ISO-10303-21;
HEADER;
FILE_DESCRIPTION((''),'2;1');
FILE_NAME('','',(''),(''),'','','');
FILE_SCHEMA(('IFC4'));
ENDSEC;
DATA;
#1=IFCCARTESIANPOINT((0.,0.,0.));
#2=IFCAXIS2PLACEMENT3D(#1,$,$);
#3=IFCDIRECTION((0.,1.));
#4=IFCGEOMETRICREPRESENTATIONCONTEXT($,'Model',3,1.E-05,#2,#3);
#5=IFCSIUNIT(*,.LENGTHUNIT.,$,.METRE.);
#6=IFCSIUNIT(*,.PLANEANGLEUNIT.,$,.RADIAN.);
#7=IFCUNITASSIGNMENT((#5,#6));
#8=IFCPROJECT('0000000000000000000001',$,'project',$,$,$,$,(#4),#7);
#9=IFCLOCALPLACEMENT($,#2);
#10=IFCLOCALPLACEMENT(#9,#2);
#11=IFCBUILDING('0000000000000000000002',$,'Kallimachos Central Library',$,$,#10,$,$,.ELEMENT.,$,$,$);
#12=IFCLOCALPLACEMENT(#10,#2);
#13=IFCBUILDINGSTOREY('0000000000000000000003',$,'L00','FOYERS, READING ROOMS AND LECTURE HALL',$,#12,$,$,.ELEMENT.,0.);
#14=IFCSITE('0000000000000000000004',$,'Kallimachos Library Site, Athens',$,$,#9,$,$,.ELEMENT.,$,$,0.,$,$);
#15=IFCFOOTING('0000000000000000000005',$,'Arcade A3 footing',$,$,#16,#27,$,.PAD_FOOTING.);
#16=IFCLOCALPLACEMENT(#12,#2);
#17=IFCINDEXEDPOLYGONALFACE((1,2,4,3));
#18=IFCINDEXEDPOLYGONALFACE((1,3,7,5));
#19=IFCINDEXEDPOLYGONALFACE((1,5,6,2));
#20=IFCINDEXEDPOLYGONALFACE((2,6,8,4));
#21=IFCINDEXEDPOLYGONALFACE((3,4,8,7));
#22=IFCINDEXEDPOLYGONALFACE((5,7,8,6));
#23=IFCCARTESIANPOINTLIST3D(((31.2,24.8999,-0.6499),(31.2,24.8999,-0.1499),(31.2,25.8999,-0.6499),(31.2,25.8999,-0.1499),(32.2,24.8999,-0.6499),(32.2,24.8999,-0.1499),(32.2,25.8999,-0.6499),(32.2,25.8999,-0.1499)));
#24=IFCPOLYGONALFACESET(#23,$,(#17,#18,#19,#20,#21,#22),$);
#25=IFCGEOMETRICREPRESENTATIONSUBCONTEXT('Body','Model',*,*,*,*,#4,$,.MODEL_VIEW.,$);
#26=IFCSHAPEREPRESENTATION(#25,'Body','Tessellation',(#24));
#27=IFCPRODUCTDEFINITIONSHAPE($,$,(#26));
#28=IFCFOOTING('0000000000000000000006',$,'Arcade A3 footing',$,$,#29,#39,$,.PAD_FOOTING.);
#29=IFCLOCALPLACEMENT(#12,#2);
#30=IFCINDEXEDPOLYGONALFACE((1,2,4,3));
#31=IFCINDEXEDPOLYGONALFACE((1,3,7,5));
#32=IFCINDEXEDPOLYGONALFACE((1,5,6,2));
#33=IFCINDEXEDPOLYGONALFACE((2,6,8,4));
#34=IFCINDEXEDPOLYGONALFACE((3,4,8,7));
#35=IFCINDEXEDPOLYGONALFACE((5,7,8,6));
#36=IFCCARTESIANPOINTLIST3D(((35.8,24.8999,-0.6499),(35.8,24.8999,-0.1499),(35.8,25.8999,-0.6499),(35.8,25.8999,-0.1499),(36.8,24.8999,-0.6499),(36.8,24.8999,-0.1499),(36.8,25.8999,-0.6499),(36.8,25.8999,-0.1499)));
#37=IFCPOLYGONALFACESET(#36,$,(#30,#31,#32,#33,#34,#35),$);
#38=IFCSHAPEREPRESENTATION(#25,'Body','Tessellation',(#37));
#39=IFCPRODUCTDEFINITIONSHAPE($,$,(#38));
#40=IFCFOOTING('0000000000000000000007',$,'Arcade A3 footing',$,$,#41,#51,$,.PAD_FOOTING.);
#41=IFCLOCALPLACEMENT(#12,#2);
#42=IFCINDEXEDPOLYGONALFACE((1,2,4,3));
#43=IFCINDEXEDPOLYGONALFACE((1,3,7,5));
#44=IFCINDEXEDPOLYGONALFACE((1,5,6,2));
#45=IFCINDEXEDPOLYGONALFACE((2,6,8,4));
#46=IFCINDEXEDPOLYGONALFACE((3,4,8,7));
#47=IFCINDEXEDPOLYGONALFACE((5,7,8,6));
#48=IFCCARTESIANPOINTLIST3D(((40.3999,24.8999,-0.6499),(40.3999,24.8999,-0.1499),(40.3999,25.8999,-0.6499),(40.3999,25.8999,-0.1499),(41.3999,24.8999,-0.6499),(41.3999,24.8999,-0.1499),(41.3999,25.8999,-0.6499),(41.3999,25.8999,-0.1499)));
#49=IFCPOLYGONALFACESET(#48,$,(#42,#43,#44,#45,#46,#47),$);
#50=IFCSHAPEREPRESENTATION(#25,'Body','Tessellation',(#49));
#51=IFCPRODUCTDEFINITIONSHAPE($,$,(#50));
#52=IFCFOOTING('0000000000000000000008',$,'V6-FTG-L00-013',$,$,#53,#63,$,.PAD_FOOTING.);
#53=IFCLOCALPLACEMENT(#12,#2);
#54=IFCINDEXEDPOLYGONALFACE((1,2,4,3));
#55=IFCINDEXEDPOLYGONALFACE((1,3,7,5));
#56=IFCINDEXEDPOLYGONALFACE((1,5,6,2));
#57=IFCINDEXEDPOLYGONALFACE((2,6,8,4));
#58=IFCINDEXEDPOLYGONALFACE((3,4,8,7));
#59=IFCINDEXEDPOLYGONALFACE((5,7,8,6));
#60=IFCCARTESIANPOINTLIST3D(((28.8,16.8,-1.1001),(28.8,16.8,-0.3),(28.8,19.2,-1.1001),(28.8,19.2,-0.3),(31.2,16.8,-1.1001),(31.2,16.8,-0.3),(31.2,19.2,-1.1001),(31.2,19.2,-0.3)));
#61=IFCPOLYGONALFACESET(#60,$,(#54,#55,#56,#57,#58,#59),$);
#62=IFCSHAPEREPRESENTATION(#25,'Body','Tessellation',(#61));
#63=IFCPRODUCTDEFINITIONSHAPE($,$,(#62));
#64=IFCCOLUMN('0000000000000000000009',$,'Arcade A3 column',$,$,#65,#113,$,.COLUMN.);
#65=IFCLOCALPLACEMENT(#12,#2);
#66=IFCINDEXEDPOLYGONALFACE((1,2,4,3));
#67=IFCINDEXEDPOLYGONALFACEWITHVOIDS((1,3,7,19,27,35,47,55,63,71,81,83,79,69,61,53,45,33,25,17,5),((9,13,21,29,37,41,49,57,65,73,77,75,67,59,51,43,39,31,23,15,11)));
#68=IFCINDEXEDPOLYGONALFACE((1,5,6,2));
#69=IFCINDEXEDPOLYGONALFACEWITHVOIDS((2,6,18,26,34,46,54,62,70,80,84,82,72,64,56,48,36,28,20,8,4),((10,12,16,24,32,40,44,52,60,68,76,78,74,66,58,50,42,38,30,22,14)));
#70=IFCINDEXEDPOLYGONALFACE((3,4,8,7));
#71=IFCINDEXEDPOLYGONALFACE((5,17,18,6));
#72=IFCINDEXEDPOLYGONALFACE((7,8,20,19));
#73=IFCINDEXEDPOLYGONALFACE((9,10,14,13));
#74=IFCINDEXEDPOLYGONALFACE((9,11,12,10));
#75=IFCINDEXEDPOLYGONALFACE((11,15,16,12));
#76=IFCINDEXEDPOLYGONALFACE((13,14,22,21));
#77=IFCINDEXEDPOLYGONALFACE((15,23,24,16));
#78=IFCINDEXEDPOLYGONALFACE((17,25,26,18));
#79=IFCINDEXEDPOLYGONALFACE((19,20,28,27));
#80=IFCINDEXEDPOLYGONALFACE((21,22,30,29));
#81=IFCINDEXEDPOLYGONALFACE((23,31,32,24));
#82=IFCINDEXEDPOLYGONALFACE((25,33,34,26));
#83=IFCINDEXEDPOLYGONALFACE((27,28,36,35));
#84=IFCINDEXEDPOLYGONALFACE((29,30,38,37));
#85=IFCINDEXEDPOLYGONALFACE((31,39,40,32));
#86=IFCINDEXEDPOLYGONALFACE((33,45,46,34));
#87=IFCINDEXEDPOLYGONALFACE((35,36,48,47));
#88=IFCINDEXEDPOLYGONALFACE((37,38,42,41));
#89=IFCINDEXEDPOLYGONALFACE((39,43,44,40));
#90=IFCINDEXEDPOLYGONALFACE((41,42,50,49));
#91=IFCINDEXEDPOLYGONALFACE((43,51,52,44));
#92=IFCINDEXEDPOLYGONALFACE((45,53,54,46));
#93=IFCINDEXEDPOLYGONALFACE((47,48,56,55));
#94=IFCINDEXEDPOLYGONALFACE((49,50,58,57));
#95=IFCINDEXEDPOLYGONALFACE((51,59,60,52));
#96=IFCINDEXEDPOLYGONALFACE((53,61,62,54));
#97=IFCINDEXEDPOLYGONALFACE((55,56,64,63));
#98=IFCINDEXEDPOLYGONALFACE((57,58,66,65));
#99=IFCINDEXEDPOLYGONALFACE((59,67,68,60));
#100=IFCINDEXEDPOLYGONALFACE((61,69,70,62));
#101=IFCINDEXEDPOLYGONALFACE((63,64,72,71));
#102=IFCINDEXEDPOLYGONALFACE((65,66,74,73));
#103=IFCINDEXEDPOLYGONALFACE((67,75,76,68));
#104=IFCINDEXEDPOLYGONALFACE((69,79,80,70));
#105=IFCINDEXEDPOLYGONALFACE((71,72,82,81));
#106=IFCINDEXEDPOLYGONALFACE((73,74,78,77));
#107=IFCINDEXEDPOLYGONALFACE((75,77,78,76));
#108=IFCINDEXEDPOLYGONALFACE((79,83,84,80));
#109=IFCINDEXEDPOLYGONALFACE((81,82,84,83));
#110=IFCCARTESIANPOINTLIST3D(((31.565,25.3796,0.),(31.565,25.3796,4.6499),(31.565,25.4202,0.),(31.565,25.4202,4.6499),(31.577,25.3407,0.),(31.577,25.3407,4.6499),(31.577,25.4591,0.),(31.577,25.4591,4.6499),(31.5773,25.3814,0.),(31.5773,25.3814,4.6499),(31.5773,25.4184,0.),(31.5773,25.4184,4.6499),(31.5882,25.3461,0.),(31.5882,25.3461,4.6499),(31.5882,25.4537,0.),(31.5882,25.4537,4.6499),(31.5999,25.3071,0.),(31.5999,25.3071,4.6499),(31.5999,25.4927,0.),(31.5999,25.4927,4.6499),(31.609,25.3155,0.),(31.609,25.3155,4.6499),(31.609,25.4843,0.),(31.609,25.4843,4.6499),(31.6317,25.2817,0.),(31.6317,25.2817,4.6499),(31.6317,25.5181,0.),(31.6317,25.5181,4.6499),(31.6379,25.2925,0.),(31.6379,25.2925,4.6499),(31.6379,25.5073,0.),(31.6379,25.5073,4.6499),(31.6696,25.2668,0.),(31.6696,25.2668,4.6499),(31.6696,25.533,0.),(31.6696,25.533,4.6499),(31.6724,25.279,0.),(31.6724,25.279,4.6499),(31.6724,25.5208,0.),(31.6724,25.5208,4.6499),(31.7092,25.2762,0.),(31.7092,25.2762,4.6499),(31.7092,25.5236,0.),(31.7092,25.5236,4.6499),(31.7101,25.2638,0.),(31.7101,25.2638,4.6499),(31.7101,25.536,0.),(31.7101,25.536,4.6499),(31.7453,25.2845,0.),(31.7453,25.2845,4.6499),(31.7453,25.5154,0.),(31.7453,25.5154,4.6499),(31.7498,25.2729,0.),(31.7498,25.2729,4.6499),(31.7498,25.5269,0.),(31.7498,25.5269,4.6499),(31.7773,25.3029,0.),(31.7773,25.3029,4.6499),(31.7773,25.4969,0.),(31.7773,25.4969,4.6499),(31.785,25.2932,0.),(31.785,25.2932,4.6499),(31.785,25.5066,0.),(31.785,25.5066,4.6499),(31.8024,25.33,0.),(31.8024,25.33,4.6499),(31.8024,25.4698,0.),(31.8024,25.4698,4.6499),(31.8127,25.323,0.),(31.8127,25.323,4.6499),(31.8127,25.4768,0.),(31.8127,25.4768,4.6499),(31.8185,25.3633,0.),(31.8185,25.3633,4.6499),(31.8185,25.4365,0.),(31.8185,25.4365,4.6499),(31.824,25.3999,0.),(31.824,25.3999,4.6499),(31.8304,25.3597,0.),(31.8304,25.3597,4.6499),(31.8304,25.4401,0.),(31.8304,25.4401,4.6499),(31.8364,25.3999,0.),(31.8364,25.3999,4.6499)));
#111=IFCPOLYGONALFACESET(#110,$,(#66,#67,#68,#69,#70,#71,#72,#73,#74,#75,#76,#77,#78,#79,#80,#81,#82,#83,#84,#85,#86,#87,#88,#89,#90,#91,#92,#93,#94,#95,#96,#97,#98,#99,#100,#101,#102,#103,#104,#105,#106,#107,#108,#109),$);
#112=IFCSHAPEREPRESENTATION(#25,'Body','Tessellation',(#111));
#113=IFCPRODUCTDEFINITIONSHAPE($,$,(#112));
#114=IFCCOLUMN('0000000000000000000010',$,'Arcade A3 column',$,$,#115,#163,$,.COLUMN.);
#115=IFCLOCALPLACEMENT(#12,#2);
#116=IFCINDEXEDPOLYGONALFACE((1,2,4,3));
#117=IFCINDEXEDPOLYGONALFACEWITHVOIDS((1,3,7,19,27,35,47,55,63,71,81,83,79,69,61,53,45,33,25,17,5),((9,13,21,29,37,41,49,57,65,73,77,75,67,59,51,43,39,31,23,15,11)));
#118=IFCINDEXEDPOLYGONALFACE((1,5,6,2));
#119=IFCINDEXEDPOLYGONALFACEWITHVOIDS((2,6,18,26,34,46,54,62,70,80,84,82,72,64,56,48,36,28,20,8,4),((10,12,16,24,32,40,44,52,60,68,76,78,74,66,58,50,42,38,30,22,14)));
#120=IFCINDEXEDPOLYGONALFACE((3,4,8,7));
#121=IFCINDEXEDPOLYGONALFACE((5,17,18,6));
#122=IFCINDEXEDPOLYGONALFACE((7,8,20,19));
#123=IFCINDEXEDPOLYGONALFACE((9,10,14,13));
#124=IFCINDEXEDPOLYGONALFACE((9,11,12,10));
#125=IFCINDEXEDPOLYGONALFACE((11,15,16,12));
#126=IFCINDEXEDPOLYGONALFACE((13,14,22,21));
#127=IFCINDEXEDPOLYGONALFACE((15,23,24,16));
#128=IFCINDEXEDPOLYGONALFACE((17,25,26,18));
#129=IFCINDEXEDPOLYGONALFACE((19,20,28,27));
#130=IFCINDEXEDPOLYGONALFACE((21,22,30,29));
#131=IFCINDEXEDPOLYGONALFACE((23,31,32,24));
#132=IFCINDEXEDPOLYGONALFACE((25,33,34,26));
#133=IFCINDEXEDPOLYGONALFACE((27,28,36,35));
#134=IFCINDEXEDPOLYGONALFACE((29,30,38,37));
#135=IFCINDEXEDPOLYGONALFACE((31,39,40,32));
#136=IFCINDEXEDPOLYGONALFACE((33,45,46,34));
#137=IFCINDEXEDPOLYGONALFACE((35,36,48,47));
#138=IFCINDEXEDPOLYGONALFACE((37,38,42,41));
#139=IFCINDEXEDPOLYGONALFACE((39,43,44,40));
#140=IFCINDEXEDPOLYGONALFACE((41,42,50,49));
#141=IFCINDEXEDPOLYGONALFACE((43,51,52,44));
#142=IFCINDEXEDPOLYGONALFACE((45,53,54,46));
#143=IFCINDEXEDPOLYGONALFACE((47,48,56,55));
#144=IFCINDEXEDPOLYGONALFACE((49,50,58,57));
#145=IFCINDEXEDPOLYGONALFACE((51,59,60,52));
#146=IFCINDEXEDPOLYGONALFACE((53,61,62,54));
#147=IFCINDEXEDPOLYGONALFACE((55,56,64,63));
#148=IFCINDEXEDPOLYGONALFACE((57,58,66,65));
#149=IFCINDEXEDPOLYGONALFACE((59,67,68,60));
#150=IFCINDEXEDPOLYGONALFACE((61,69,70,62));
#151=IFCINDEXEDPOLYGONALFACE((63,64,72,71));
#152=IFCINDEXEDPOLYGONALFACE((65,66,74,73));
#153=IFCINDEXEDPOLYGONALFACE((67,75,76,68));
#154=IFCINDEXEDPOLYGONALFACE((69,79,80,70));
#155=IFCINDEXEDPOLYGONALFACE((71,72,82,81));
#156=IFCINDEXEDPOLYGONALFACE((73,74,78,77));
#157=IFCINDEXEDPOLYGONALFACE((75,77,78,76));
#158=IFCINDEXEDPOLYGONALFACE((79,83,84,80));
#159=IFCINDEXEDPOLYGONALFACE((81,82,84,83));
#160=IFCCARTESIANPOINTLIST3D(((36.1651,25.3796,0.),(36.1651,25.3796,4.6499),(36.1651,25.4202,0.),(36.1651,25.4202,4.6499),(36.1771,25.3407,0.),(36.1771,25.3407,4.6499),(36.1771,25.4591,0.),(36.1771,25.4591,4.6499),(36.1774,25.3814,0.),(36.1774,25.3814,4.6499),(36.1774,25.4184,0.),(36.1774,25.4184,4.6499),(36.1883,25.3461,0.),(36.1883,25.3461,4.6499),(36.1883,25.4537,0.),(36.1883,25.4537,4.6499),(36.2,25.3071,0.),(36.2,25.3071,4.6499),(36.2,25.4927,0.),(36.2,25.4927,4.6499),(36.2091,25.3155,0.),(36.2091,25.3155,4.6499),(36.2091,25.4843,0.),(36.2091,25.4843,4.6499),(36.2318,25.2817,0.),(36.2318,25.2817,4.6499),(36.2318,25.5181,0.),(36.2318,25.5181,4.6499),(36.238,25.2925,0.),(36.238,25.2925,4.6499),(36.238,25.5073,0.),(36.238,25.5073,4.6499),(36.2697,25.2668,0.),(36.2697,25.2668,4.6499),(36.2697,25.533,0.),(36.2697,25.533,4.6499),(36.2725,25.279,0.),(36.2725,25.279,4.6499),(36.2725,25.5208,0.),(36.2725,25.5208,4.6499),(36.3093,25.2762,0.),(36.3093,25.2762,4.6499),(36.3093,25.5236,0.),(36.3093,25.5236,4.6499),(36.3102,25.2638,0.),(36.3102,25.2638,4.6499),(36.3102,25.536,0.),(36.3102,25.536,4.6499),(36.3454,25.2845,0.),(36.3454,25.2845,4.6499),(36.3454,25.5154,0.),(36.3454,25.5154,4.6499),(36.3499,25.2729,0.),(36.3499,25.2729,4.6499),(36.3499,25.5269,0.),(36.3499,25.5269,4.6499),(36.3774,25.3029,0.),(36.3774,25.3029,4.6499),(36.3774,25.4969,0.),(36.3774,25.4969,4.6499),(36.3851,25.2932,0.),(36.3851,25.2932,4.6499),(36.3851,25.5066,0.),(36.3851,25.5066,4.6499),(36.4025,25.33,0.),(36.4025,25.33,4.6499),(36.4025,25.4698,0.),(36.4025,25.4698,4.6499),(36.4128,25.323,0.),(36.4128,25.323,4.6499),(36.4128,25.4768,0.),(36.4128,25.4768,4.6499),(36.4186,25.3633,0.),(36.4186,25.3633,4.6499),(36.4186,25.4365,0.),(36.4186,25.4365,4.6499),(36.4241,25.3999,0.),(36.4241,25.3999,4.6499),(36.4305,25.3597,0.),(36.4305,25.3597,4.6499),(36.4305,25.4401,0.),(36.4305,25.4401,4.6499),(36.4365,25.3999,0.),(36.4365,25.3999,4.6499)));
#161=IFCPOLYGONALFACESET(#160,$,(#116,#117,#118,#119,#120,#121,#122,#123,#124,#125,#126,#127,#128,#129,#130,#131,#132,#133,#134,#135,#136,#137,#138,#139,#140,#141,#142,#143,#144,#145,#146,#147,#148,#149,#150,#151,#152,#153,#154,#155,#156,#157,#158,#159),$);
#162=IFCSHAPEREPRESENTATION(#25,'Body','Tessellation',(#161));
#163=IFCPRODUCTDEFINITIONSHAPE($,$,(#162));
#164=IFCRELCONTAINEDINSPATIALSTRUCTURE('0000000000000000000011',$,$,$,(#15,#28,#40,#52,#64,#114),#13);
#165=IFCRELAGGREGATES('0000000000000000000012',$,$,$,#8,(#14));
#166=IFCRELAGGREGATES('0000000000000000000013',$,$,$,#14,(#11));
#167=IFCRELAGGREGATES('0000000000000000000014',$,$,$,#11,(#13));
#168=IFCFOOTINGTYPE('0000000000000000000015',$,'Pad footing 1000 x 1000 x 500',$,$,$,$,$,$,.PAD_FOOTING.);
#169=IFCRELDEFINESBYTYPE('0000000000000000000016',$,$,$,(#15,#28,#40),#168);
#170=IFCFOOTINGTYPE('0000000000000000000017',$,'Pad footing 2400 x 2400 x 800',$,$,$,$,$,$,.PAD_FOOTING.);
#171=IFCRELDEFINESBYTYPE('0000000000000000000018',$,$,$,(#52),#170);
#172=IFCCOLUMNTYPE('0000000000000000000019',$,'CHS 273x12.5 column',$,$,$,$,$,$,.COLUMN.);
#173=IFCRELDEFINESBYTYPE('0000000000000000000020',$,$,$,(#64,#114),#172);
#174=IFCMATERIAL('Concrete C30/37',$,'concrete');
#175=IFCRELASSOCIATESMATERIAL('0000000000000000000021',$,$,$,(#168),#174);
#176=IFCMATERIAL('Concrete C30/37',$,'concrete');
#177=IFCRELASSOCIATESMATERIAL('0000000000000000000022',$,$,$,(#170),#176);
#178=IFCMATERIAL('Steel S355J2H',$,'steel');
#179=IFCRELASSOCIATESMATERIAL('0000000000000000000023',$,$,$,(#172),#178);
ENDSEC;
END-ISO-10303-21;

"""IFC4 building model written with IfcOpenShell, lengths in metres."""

from ifc_helpers import new_model, si_unit, direction, frame, origin, origin_2d, place, context, subcontext, project, spatial, rectangle, hollow_circle, extrude, material, material_profile, profile_set, type_object, element, save


model = new_model("IFC4")

# Units and contexts
model_context = context("Model", 3, precision=1e-05, world=origin(), true_north=direction((0.0, 1.0)))
body_context = subcontext(model_context, "Body", "Model", "MODEL_VIEW")
ifc_project = project(units=[si_unit("LENGTHUNIT", "METRE"), si_unit("PLANEANGLEUNIT", "RADIAN")], contexts=[model_context])

# Site, building, storey
site_placement = place(None, origin())
site = spatial("IfcSite", under=ifc_project, at=site_placement, Name="Kallimachos Library Site, Athens", CompositionType="ELEMENT", RefElevation=0.0)
building_placement = place(site_placement, origin())
building = spatial("IfcBuilding", under=site, at=building_placement, Name="Kallimachos Central Library", CompositionType="ELEMENT")
storey_placement = place(building_placement, origin())
storey = spatial("IfcBuildingStorey", under=building, at=storey_placement, Name="L00", Description="FOYERS, READING ROOMS AND LECTURE HALL", CompositionType="ELEMENT", Elevation=0.0)

# Footings
ifc_material_1 = material(Name="Concrete C30/37", Category="concrete")
footing_type_1 = type_object("IfcFootingType", Name="Pad footing 1000 x 1000 x 500", PredefinedType="PAD_FOOTING", material=ifc_material_1)
for number, where, z_axis, x_axis, name in (
    (1, (31.7, 25.3999, -0.6499), (0.0, 0.0, 1.0), (1.0, 0.0, 0.0), "Arcade A3 footing"),
    (2, (36.3, 25.3999, -0.6499), (0.0, 0.0, 1.0), (1.0, 0.0, 0.0), "Arcade A3 footing"),
    (3, (40.8999, 25.3999, -0.6499), (0.0, 0.0, 1.0), (1.0, 0.0, 0.0), "Arcade A3 footing"),
):
    element("IfcFooting", number, at=place(storey_placement, frame(where, z_axis=z_axis, x_axis=x_axis)), inside=storey, type_object=footing_type_1, Name=name, PredefinedType="PAD_FOOTING", context=body_context, shape_type="SweptSolid", body=[
        extrude(rectangle(XDim=1.0, YDim=1.0, at=origin_2d()), origin(), (0.0, 0.0, 1.0), 0.5),
    ])
ifc_material_2 = material(Name="Concrete C30/37", Category="concrete")
footing_type_2 = type_object("IfcFootingType", Name="Pad footing 2400 x 2400 x 800", PredefinedType="PAD_FOOTING", material=ifc_material_2)
footing_placement = place(storey_placement, frame((30.0, 18.0, -1.1001), z_axis=(0.0, 0.0, 1.0), x_axis=(1.0, 0.0, 0.0)))
element("IfcFooting", 4, at=footing_placement, inside=storey, type_object=footing_type_2, Name="V6-FTG-L00-013", PredefinedType="PAD_FOOTING", context=body_context, shape_type="SweptSolid", body=[
    extrude(rectangle(XDim=2.3999, YDim=2.3999, at=origin_2d()), origin(), (0.0, 0.0, 1.0), 0.8),
])

# Columns
ifc_material_3 = material(Name="Steel S355J2H", Category="steel")
ifc_material_profile_1 = material_profile(ifc_material_3, hollow_circle(Radius=0.1365, WallThickness=0.0125, at=origin_2d()), Name="CHS 273x12.5")
ifc_profile_set_1 = profile_set([ifc_material_profile_1], Name="Steel S355J2H")
column_type_1 = type_object("IfcColumnType", Name="CHS 273x12.5 column", PredefinedType="COLUMN", material=ifc_profile_set_1)
for number, where, z_axis, x_axis, name in (
    (5, (31.7, 25.3999, 0.0), (0.0, 0.0, 1.0), (1.0, 0.0, 0.0), "Arcade A3 column"),
    (6, (36.3, 25.3999, 0.0), (0.0, 0.0, 1.0), (1.0, 0.0, 0.0), "Arcade A3 column"),
):
    element("IfcColumn", number, at=place(storey_placement, frame(where, z_axis=z_axis, x_axis=x_axis)), inside=storey, type_object=column_type_1, Name=name, PredefinedType="COLUMN", context=body_context, shape_type="SweptSolid", body=[
        extrude(hollow_circle(Radius=0.1365, WallThickness=0.0125, at=origin_2d()), origin(), (0.0, 0.0, 1.0), 4.6499),
    ])

save(model, "model.ifc")
